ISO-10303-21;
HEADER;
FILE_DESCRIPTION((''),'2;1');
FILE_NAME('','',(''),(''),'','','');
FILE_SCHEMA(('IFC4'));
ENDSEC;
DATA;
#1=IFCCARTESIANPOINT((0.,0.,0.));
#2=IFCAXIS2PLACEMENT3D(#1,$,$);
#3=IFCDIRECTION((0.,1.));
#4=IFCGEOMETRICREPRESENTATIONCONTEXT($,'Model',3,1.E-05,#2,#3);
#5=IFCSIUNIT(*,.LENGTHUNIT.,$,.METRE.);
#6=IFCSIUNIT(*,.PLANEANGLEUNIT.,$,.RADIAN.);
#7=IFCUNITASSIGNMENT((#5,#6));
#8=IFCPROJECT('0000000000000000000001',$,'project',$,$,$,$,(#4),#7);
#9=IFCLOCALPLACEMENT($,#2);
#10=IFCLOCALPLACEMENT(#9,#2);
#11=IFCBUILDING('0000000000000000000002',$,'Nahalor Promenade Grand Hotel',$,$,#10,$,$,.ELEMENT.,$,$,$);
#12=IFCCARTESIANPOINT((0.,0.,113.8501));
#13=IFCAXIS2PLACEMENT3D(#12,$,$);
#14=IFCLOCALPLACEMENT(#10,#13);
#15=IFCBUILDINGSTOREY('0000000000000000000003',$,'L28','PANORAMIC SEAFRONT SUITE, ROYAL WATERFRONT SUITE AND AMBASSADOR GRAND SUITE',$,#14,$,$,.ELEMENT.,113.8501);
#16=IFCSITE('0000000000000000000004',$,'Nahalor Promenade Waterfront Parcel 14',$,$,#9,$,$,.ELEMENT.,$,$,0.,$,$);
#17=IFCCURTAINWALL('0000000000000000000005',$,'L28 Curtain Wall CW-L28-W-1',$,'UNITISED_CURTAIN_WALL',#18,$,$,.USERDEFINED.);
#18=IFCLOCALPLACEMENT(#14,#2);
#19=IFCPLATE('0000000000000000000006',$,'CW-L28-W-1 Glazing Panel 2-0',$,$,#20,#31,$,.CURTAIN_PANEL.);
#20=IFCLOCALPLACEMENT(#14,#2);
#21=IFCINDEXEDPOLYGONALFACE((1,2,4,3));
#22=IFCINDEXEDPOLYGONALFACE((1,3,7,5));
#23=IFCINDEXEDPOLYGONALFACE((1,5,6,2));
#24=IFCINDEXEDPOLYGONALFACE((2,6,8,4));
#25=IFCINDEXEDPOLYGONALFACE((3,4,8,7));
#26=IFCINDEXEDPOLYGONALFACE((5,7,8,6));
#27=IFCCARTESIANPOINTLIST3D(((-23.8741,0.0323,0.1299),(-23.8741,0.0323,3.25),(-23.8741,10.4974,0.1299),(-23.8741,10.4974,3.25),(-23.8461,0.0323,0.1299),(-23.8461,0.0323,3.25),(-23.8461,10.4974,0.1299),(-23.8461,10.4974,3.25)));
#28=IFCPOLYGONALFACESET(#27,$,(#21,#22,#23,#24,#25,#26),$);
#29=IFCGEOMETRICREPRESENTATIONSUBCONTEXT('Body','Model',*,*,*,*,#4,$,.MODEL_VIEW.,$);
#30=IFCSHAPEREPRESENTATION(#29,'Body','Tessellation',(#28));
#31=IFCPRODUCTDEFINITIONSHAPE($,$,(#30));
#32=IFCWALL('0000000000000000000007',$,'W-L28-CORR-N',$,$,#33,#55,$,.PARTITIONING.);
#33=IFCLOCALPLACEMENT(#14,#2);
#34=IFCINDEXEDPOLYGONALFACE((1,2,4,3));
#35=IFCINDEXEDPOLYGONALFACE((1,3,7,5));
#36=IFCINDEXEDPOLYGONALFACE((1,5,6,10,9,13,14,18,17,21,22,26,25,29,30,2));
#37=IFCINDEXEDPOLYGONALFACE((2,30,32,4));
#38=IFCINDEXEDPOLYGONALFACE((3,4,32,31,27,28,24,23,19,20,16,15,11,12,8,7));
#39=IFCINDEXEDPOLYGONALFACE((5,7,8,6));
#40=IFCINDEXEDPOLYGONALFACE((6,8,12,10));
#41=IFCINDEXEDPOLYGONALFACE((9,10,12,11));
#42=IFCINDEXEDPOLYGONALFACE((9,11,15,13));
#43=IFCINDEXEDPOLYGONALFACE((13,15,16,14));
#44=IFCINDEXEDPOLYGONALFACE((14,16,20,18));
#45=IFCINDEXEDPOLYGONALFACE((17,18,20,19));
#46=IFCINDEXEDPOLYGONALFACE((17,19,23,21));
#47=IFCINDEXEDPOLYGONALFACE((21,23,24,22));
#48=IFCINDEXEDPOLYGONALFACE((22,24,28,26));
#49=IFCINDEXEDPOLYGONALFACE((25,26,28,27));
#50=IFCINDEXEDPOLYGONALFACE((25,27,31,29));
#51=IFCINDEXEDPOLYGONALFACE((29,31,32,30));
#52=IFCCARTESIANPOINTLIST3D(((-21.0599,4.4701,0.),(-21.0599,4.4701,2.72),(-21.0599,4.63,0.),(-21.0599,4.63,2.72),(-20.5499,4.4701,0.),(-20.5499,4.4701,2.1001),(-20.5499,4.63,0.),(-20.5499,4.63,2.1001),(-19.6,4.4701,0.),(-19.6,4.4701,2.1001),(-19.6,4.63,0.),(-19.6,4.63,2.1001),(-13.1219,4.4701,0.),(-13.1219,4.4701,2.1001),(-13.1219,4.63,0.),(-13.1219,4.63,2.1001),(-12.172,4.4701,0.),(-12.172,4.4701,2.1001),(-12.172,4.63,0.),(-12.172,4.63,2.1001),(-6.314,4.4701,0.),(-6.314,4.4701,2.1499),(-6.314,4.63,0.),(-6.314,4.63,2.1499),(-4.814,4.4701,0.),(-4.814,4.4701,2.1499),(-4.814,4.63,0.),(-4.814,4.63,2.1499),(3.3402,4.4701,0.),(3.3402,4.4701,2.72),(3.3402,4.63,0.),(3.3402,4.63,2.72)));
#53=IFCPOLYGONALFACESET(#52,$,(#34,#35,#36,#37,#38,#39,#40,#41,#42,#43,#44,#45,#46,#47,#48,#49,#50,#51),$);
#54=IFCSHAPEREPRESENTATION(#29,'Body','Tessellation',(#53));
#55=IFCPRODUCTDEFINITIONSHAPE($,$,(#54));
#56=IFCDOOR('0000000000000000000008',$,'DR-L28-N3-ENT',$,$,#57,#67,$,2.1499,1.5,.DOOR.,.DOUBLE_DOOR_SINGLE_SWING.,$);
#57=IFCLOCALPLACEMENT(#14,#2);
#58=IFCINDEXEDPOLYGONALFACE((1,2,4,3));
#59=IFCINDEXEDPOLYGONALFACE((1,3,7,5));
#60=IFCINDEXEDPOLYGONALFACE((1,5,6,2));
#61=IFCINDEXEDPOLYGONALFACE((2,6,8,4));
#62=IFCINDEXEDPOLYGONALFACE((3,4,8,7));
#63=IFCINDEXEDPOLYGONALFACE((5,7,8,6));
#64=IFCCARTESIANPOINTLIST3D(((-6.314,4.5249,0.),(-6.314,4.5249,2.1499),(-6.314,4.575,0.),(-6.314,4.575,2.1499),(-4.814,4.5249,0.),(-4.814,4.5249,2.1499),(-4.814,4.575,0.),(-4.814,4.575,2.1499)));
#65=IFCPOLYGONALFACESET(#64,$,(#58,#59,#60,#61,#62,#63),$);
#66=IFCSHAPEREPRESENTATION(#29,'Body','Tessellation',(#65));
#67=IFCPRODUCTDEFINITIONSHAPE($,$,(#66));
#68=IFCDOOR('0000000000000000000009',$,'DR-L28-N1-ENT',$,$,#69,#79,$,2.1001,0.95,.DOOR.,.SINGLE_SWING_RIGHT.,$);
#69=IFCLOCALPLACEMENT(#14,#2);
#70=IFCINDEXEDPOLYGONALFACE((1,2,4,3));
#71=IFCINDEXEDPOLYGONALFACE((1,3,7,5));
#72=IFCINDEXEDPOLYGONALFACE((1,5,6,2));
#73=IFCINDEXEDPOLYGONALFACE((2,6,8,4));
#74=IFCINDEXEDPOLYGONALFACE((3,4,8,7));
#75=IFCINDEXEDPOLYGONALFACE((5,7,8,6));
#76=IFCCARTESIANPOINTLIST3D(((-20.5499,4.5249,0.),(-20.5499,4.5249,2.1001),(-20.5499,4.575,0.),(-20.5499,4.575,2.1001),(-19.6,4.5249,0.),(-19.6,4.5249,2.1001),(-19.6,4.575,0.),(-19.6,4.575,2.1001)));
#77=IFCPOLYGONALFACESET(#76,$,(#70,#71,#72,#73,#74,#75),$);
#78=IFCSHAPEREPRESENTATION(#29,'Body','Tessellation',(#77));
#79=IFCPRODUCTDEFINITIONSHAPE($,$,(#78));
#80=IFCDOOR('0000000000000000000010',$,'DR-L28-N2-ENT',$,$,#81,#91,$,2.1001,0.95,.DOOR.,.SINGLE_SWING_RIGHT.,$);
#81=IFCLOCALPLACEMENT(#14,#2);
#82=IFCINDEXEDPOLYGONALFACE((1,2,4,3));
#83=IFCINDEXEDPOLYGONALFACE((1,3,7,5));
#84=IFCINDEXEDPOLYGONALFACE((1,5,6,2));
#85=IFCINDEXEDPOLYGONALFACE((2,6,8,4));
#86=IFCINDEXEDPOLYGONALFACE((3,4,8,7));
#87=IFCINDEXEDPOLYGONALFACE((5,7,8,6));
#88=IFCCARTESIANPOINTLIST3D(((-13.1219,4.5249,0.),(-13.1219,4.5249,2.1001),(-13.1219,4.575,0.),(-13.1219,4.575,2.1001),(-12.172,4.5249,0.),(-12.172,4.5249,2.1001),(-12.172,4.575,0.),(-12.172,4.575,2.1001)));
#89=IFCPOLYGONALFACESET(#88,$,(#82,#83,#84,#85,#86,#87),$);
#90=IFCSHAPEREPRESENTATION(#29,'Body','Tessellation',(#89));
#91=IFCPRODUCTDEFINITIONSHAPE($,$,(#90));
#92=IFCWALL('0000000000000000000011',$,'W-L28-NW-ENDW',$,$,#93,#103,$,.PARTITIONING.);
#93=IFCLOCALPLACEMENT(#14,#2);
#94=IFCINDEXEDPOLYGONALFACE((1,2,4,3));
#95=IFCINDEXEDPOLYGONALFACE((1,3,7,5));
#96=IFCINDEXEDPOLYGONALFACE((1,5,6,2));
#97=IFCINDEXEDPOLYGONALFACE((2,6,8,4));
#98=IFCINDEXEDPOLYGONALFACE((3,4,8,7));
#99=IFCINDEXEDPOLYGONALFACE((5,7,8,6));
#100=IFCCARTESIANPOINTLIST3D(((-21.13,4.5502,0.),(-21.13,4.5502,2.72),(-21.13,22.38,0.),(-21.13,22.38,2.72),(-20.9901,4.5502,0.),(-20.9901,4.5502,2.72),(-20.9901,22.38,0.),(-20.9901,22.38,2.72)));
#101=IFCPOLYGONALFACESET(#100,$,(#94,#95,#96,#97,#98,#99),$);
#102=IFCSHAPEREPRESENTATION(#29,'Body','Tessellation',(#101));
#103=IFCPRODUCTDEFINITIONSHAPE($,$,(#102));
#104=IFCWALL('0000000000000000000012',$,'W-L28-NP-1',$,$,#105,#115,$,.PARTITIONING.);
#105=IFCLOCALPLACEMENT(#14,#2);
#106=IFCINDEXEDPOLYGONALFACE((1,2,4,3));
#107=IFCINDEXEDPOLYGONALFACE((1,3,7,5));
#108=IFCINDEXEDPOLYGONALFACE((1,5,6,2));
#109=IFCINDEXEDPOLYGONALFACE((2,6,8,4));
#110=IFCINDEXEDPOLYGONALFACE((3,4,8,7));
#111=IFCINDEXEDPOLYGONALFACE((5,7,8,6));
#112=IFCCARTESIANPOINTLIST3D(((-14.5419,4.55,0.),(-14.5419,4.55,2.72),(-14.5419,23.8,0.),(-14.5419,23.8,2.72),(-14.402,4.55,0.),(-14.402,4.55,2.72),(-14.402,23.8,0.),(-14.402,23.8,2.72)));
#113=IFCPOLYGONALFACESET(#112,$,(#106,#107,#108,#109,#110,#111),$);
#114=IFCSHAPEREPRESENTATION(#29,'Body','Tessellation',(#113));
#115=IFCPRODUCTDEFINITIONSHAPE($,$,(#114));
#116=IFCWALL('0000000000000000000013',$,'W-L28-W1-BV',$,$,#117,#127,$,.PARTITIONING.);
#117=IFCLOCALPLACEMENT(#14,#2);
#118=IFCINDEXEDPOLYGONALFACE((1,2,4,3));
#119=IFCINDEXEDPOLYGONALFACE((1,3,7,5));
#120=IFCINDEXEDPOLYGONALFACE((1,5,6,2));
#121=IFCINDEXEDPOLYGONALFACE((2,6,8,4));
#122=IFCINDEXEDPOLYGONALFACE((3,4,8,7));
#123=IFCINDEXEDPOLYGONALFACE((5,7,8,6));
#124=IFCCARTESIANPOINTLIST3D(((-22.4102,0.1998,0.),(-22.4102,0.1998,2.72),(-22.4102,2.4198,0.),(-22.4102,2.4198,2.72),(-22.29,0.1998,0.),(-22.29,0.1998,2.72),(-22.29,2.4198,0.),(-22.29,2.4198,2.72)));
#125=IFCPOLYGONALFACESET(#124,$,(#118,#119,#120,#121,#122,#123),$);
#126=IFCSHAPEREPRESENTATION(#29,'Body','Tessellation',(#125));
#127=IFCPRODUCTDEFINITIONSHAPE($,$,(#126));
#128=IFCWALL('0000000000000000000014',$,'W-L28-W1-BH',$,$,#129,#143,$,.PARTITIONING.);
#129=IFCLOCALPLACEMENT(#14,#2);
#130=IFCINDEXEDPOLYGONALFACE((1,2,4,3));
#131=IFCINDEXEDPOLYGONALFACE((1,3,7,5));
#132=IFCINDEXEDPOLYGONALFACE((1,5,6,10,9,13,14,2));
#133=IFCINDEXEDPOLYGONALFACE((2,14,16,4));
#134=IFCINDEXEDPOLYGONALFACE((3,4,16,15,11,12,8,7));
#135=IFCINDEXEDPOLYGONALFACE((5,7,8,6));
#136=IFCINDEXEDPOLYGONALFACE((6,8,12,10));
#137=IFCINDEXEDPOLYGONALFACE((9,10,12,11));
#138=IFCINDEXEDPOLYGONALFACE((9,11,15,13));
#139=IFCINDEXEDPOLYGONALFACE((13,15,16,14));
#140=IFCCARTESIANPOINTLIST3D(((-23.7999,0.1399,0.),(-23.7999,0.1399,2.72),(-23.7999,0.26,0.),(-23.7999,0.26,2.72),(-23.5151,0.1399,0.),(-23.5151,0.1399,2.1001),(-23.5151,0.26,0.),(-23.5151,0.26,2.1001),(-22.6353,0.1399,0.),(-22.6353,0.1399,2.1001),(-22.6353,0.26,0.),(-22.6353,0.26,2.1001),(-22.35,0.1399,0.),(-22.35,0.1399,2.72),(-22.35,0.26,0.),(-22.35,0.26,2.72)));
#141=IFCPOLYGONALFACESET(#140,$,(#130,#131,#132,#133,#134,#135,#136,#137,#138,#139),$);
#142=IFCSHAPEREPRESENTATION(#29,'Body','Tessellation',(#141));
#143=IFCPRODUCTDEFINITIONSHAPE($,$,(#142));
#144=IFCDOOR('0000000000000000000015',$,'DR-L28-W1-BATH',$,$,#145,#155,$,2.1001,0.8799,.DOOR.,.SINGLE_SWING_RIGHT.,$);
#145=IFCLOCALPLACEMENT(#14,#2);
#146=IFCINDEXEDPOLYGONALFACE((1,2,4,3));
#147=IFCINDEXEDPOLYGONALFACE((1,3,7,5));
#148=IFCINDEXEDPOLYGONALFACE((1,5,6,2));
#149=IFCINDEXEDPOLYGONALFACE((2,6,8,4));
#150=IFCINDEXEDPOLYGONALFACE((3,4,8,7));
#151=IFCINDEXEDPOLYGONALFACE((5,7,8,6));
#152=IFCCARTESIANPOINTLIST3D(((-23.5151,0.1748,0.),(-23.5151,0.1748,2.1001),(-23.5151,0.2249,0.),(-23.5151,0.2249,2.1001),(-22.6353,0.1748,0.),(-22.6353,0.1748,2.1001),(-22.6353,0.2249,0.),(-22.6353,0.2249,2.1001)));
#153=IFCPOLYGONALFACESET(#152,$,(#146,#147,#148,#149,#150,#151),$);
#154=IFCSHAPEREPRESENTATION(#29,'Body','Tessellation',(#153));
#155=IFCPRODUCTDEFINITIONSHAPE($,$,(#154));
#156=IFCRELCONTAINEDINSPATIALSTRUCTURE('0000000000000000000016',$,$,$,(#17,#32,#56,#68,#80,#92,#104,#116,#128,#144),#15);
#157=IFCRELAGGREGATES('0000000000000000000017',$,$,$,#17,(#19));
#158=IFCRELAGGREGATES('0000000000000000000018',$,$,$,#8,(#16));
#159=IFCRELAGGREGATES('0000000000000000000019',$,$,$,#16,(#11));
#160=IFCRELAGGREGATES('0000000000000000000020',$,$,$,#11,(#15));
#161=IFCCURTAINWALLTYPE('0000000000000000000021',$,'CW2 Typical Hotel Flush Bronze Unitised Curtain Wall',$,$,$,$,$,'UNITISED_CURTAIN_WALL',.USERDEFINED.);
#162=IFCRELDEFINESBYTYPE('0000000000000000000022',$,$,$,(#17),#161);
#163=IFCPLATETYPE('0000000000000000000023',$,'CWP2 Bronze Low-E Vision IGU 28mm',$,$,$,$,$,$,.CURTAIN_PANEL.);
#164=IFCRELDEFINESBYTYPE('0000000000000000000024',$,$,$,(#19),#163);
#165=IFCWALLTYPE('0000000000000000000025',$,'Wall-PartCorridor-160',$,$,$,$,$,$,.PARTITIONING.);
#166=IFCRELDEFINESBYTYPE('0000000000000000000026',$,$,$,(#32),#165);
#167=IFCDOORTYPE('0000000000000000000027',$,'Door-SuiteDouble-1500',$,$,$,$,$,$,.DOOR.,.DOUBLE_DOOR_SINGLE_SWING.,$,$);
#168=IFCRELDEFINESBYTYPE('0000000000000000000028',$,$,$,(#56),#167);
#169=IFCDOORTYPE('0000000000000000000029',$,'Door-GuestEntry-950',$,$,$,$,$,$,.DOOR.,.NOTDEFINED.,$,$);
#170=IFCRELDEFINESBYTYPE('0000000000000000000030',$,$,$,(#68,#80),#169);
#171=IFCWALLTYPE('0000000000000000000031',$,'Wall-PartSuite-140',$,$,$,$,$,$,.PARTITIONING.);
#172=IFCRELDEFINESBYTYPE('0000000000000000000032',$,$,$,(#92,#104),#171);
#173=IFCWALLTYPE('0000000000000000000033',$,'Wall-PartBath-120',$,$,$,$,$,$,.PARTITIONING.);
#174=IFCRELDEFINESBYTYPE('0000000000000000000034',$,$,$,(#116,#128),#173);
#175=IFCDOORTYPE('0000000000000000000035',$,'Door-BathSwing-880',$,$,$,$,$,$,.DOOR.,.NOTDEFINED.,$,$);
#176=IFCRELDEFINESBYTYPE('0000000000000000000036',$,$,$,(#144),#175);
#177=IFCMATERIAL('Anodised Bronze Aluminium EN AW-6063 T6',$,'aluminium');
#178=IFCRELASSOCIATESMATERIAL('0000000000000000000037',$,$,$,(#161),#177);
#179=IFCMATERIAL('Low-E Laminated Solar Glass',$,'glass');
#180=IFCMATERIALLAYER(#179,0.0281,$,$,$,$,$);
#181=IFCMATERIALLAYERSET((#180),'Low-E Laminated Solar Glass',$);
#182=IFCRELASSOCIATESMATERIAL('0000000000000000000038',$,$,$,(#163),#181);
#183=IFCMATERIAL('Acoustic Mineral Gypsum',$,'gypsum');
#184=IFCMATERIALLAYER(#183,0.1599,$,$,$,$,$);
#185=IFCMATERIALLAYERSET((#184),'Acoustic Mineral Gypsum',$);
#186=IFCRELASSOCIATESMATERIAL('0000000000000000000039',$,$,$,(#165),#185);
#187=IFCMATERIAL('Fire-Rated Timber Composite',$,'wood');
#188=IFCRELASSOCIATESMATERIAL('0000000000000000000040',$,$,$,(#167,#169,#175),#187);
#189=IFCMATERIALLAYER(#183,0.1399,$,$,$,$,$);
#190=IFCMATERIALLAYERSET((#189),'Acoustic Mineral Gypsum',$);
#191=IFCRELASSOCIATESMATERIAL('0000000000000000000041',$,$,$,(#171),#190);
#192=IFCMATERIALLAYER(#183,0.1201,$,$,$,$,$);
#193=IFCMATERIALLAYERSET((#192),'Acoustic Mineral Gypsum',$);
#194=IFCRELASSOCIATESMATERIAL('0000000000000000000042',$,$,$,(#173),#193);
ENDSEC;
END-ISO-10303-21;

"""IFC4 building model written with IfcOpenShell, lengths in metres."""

from ifc_helpers import new_model, si_unit, direction, frame, frame_2d, origin, origin_2d, place, context, subcontext, project, spatial, rectangle, extrude, source, transform, mapped, material, layer, layer_set, type_object, element, fill, aggregate, save


model = new_model("IFC4")

# Units and contexts
model_context = context("Model", 3, precision=1e-05, world=origin(), true_north=direction((0.0, 1.0)))
body_context = subcontext(model_context, "Body", "Model", "MODEL_VIEW")
ifc_project = project(units=[si_unit("LENGTHUNIT", "METRE"), si_unit("PLANEANGLEUNIT", "RADIAN")], contexts=[model_context])

# Site, building, storey
site_placement = place(None, origin())
site = spatial("IfcSite", under=ifc_project, at=site_placement, Name="Nahalor Promenade Waterfront Parcel 14", CompositionType="ELEMENT", RefElevation=0.0)
building_placement = place(site_placement, origin())
building = spatial("IfcBuilding", under=site, at=building_placement, Name="Nahalor Promenade Grand Hotel", CompositionType="ELEMENT")
storey_placement = place(building_placement, frame((0.0, 0.0, 113.8501)))
storey = spatial("IfcBuildingStorey", under=building, at=storey_placement, Name="L28", Description="PANORAMIC SEAFRONT SUITE, ROYAL WATERFRONT SUITE AND AMBASSADOR GRAND SUITE", CompositionType="ELEMENT", Elevation=113.8501)

# Curtain wall, plate
ifc_material_1 = material(Name="Anodised Bronze Aluminium EN AW-6063 T6", Category="aluminium")
curtain_wall_type = type_object("IfcCurtainWallType", Name="CW2 Typical Hotel Flush Bronze Unitised Curtain Wall", ElementType="UNITISED_CURTAIN_WALL", PredefinedType="USERDEFINED", material=ifc_material_1)
curtain_wall_placement = place(storey_placement, origin())
curtain_wall = element("IfcCurtainWall", 1, at=curtain_wall_placement, inside=storey, type_object=curtain_wall_type, Name="L28 Curtain Wall CW-L28-W-1", ObjectType="UNITISED_CURTAIN_WALL", PredefinedType="USERDEFINED")
ifc_material_2 = material(Name="Low-E Laminated Solar Glass", Category="glass")
ifc_layer_1 = layer(ifc_material_2, 0.0281)
ifc_layer_set_1 = layer_set([ifc_layer_1], Name="Low-E Laminated Solar Glass")
plate_type = type_object("IfcPlateType", Name="CWP2 Bronze Low-E Vision IGU 28mm", PredefinedType="CURTAIN_PANEL", material=ifc_layer_set_1)
shared_shape_1 = source(origin(), body_context, "Body", "SweptSolid", [
    extrude(rectangle(XDim=10.4651, YDim=0.0281, at=origin_2d()), origin(), (0.0, 0.0, 1.0), 3.1201),
])
plate_1_placement = place(storey_placement, frame((-23.8601, 5.2649, 0.1299), z_axis=(0.0, 0.0, 1.0), x_axis=(0.0, 1.0, 0.0)))
plate_1 = element("IfcPlate", 2, at=plate_1_placement, type_object=plate_type, Name="CW-L28-W-1 Glazing Panel 2-0", PredefinedType="CURTAIN_PANEL", context=body_context, shape_type="MappedRepresentation", body=[
    mapped(shared_shape_1, transform((0.0, 0.0, 0.0), scale=1.0)),
])
aggregate(curtain_wall, [plate_1])

# Wall, openings, doors
ifc_material_3 = material(Name="Acoustic Mineral Gypsum", Category="gypsum")
ifc_layer_2 = layer(ifc_material_3, 0.1599)
ifc_layer_set_2 = layer_set([ifc_layer_2], Name="Acoustic Mineral Gypsum")
wall_type_1 = type_object("IfcWallType", Name="Wall-PartCorridor-160", PredefinedType="PARTITIONING", material=ifc_layer_set_2)
shared_shape_2 = source(origin(), body_context, "Body", "SweptSolid", [
    extrude(rectangle(XDim=24.4001, YDim=0.1599, at=frame_2d((12.2002, 0.0))), origin(), (0.0, 0.0, 1.0), 2.72),
])
wall_1_placement = place(storey_placement, frame((-21.0601, 4.55, 0.0), z_axis=(0.0, 0.0, 1.0), x_axis=(1.0, 0.0, 0.0)))
wall_1 = element("IfcWall", 3, at=wall_1_placement, inside=storey, type_object=wall_type_1, Name="W-L28-CORR-N", PredefinedType="PARTITIONING", context=body_context, shape_type="MappedRepresentation", body=[
    mapped(shared_shape_2, transform((0.0, 0.0, 0.0), scale=1.0)),
])
opening_1_placement = place(wall_1_placement, frame((0.51, 0.0, 0.0)))
opening_1 = element("IfcOpeningElement", 4, at=opening_1_placement, cuts=wall_1, PredefinedType="OPENING", context=body_context, shape_type="SweptSolid", body=[
    extrude(rectangle(XDim=0.95, YDim=2.1001, at=frame_2d((0.4751, 1.05))), frame((0.0, 0.0898, 0.0), z_axis=(0.0, -1.0, 0.0), x_axis=(1.0, 0.0, 0.0)), (0.0, 0.0, 1.0), 0.1799),
])
opening_2_placement = place(wall_1_placement, frame((7.938, 0.0, 0.0)))
opening_2 = element("IfcOpeningElement", 5, at=opening_2_placement, cuts=wall_1, PredefinedType="OPENING", context=body_context, shape_type="SweptSolid", body=[
    extrude(rectangle(XDim=0.95, YDim=2.1001, at=frame_2d((0.4751, 1.05))), frame((0.0, 0.0898, 0.0), z_axis=(0.0, -1.0, 0.0), x_axis=(1.0, 0.0, 0.0)), (0.0, 0.0, 1.0), 0.1799),
])
opening_3_placement = place(wall_1_placement, frame((14.7461, 0.0, 0.0)))
opening_3 = element("IfcOpeningElement", 6, at=opening_3_placement, cuts=wall_1, PredefinedType="OPENING", context=body_context, shape_type="SweptSolid", body=[
    extrude(rectangle(XDim=1.5, YDim=2.1499, at=frame_2d((0.75, 1.075))), frame((0.0, 0.0898, 0.0), z_axis=(0.0, -1.0, 0.0), x_axis=(1.0, 0.0, 0.0)), (0.0, 0.0, 1.0), 0.1799),
])
ifc_material_4 = material(Name="Fire-Rated Timber Composite", Category="wood")
door_type_1 = type_object("IfcDoorType", Name="Door-SuiteDouble-1500", OperationType="DOUBLE_DOOR_SINGLE_SWING", PredefinedType="DOOR", material=ifc_material_4)
shared_shape_3 = source(origin(), body_context, "Body", "SweptSolid", [
    extrude(rectangle(XDim=1.5, YDim=2.1499, at=frame_2d((0.75, 1.075))), frame((0.0, 0.0249, 0.0), z_axis=(0.0, -1.0, 0.0), x_axis=(1.0, 0.0, 0.0)), (0.0, 0.0, 1.0), 0.05),
])
door_1_placement = place(opening_3_placement, origin())
door_1 = element("IfcDoor", 7, at=door_1_placement, inside=storey, type_object=door_type_1, Name="DR-L28-N3-ENT", OperationType="DOUBLE_DOOR_SINGLE_SWING", OverallHeight=2.1499, OverallWidth=1.5, PredefinedType="DOOR", context=body_context, shape_type="MappedRepresentation", body=[
    mapped(shared_shape_3, transform((0.0, 0.0, 0.0), scale=1.0)),
])
fill(opening_3, door_1)
door_type_2 = type_object("IfcDoorType", Name="Door-GuestEntry-950", OperationType="NOTDEFINED", PredefinedType="DOOR", material=ifc_material_4)
shared_shape_4 = source(origin(), body_context, "Body", "SweptSolid", [
    extrude(rectangle(XDim=0.95, YDim=2.1001, at=frame_2d((0.4751, 1.05))), frame((0.0, 0.0249, 0.0), z_axis=(0.0, -1.0, 0.0), x_axis=(1.0, 0.0, 0.0)), (0.0, 0.0, 1.0), 0.05),
])
door_2_placement = place(opening_1_placement, origin())
door_2 = element("IfcDoor", 8, at=door_2_placement, inside=storey, type_object=door_type_2, Name="DR-L28-N1-ENT", OperationType="SINGLE_SWING_RIGHT", OverallHeight=2.1001, OverallWidth=0.95, PredefinedType="DOOR", context=body_context, shape_type="MappedRepresentation", body=[
    mapped(shared_shape_4, transform((0.0, 0.0, 0.0), scale=1.0)),
])
fill(opening_1, door_2)
door_3_placement = place(opening_2_placement, origin())
door_3 = element("IfcDoor", 9, at=door_3_placement, inside=storey, type_object=door_type_2, Name="DR-L28-N2-ENT", OperationType="SINGLE_SWING_RIGHT", OverallHeight=2.1001, OverallWidth=0.95, PredefinedType="DOOR", context=body_context, shape_type="MappedRepresentation", body=[
    mapped(shared_shape_4, transform((0.0, 0.0, 0.0), scale=1.0)),
])
fill(opening_2, door_3)

# Walls
ifc_layer_3 = layer(ifc_material_3, 0.1399)
ifc_layer_set_3 = layer_set([ifc_layer_3], Name="Acoustic Mineral Gypsum")
wall_type_2 = type_object("IfcWallType", Name="Wall-PartSuite-140", PredefinedType="PARTITIONING", material=ifc_layer_set_3)
shared_shape_5 = source(origin(), body_context, "Body", "SweptSolid", [
    extrude(rectangle(XDim=17.8298, YDim=0.1399, at=frame_2d((8.915, 0.0))), origin(), (0.0, 0.0, 1.0), 2.72),
])
wall_2_placement = place(storey_placement, frame((-21.0601, 4.55, 0.0), z_axis=(0.0, 0.0, 1.0), x_axis=(0.0, 1.0, 0.0)))
element("IfcWall", 10, at=wall_2_placement, inside=storey, type_object=wall_type_2, Name="W-L28-NW-ENDW", PredefinedType="PARTITIONING", context=body_context, shape_type="MappedRepresentation", body=[
    mapped(shared_shape_5, transform((0.0, 0.0, 0.0), scale=1.0)),
])
shared_shape_6 = source(origin(), body_context, "Body", "SweptSolid", [
    extrude(rectangle(XDim=19.25, YDim=0.1399, at=frame_2d((9.625, 0.0))), origin(), (0.0, 0.0, 1.0), 2.72),
])
wall_3_placement = place(storey_placement, frame((-14.4719, 4.55, 0.0), z_axis=(0.0, 0.0, 1.0), x_axis=(0.0, 1.0, 0.0)))
element("IfcWall", 11, at=wall_3_placement, inside=storey, type_object=wall_type_2, Name="W-L28-NP-1", PredefinedType="PARTITIONING", context=body_context, shape_type="MappedRepresentation", body=[
    mapped(shared_shape_6, transform((0.0, 0.0, 0.0), scale=1.0)),
])
ifc_layer_4 = layer(ifc_material_3, 0.1201)
ifc_layer_set_4 = layer_set([ifc_layer_4], Name="Acoustic Mineral Gypsum")
wall_type_3 = type_object("IfcWallType", Name="Wall-PartBath-120", PredefinedType="PARTITIONING", material=ifc_layer_set_4)
shared_shape_7 = source(origin(), body_context, "Body", "SweptSolid", [
    extrude(rectangle(XDim=2.22, YDim=0.1201, at=frame_2d((1.1099, 0.0))), origin(), (0.0, 0.0, 1.0), 2.72),
])
wall_4_placement = place(storey_placement, frame((-22.3501, 0.2, 0.0), z_axis=(0.0, 0.0, 1.0), x_axis=(0.0, 1.0, 0.0)))
element("IfcWall", 12, at=wall_4_placement, inside=storey, type_object=wall_type_3, Name="W-L28-W1-BV", PredefinedType="PARTITIONING", context=body_context, shape_type="MappedRepresentation", body=[
    mapped(shared_shape_7, transform((0.0, 0.0, 0.0), scale=1.0)),
])

# Wall, opening, door
shared_shape_8 = source(origin(), body_context, "Body", "SweptSolid", [
    extrude(rectangle(XDim=1.45, YDim=0.1201, at=frame_2d((0.7251, 0.0))), origin(), (0.0, 0.0, 1.0), 2.72),
])
wall_5_placement = place(storey_placement, frame((-23.8, 0.2, 0.0), z_axis=(0.0, 0.0, 1.0), x_axis=(1.0, 0.0, 0.0)))
wall_5 = element("IfcWall", 13, at=wall_5_placement, inside=storey, type_object=wall_type_3, Name="W-L28-W1-BH", PredefinedType="PARTITIONING", context=body_context, shape_type="MappedRepresentation", body=[
    mapped(shared_shape_8, transform((0.0, 0.0, 0.0), scale=1.0)),
])
opening_4_placement = place(wall_5_placement, frame((0.2849, 0.0, 0.0)))
opening_4 = element("IfcOpeningElement", 14, at=opening_4_placement, cuts=wall_5, PredefinedType="OPENING", context=body_context, shape_type="SweptSolid", body=[
    extrude(rectangle(XDim=0.8799, YDim=2.1001, at=frame_2d((0.4399, 1.05))), frame((0.0, 0.0701, 0.0), z_axis=(0.0, -1.0, 0.0), x_axis=(1.0, 0.0, 0.0)), (0.0, 0.0, 1.0), 0.1401),
])
door_type_3 = type_object("IfcDoorType", Name="Door-BathSwing-880", OperationType="NOTDEFINED", PredefinedType="DOOR", material=ifc_material_4)
shared_shape_9 = source(origin(), body_context, "Body", "SweptSolid", [
    extrude(rectangle(XDim=0.8799, YDim=2.1001, at=frame_2d((0.4399, 1.05))), frame((0.0, 0.0249, 0.0), z_axis=(0.0, -1.0, 0.0), x_axis=(1.0, 0.0, 0.0)), (0.0, 0.0, 1.0), 0.05),
])
door_4_placement = place(opening_4_placement, origin())
door_4 = element("IfcDoor", 15, at=door_4_placement, inside=storey, type_object=door_type_3, Name="DR-L28-W1-BATH", OperationType="SINGLE_SWING_RIGHT", OverallHeight=2.1001, OverallWidth=0.8799, PredefinedType="DOOR", context=body_context, shape_type="MappedRepresentation", body=[
    mapped(shared_shape_9, transform((0.0, 0.0, 0.0), scale=1.0)),
])
fill(opening_4, door_4)

save(model, "model.ifc")
